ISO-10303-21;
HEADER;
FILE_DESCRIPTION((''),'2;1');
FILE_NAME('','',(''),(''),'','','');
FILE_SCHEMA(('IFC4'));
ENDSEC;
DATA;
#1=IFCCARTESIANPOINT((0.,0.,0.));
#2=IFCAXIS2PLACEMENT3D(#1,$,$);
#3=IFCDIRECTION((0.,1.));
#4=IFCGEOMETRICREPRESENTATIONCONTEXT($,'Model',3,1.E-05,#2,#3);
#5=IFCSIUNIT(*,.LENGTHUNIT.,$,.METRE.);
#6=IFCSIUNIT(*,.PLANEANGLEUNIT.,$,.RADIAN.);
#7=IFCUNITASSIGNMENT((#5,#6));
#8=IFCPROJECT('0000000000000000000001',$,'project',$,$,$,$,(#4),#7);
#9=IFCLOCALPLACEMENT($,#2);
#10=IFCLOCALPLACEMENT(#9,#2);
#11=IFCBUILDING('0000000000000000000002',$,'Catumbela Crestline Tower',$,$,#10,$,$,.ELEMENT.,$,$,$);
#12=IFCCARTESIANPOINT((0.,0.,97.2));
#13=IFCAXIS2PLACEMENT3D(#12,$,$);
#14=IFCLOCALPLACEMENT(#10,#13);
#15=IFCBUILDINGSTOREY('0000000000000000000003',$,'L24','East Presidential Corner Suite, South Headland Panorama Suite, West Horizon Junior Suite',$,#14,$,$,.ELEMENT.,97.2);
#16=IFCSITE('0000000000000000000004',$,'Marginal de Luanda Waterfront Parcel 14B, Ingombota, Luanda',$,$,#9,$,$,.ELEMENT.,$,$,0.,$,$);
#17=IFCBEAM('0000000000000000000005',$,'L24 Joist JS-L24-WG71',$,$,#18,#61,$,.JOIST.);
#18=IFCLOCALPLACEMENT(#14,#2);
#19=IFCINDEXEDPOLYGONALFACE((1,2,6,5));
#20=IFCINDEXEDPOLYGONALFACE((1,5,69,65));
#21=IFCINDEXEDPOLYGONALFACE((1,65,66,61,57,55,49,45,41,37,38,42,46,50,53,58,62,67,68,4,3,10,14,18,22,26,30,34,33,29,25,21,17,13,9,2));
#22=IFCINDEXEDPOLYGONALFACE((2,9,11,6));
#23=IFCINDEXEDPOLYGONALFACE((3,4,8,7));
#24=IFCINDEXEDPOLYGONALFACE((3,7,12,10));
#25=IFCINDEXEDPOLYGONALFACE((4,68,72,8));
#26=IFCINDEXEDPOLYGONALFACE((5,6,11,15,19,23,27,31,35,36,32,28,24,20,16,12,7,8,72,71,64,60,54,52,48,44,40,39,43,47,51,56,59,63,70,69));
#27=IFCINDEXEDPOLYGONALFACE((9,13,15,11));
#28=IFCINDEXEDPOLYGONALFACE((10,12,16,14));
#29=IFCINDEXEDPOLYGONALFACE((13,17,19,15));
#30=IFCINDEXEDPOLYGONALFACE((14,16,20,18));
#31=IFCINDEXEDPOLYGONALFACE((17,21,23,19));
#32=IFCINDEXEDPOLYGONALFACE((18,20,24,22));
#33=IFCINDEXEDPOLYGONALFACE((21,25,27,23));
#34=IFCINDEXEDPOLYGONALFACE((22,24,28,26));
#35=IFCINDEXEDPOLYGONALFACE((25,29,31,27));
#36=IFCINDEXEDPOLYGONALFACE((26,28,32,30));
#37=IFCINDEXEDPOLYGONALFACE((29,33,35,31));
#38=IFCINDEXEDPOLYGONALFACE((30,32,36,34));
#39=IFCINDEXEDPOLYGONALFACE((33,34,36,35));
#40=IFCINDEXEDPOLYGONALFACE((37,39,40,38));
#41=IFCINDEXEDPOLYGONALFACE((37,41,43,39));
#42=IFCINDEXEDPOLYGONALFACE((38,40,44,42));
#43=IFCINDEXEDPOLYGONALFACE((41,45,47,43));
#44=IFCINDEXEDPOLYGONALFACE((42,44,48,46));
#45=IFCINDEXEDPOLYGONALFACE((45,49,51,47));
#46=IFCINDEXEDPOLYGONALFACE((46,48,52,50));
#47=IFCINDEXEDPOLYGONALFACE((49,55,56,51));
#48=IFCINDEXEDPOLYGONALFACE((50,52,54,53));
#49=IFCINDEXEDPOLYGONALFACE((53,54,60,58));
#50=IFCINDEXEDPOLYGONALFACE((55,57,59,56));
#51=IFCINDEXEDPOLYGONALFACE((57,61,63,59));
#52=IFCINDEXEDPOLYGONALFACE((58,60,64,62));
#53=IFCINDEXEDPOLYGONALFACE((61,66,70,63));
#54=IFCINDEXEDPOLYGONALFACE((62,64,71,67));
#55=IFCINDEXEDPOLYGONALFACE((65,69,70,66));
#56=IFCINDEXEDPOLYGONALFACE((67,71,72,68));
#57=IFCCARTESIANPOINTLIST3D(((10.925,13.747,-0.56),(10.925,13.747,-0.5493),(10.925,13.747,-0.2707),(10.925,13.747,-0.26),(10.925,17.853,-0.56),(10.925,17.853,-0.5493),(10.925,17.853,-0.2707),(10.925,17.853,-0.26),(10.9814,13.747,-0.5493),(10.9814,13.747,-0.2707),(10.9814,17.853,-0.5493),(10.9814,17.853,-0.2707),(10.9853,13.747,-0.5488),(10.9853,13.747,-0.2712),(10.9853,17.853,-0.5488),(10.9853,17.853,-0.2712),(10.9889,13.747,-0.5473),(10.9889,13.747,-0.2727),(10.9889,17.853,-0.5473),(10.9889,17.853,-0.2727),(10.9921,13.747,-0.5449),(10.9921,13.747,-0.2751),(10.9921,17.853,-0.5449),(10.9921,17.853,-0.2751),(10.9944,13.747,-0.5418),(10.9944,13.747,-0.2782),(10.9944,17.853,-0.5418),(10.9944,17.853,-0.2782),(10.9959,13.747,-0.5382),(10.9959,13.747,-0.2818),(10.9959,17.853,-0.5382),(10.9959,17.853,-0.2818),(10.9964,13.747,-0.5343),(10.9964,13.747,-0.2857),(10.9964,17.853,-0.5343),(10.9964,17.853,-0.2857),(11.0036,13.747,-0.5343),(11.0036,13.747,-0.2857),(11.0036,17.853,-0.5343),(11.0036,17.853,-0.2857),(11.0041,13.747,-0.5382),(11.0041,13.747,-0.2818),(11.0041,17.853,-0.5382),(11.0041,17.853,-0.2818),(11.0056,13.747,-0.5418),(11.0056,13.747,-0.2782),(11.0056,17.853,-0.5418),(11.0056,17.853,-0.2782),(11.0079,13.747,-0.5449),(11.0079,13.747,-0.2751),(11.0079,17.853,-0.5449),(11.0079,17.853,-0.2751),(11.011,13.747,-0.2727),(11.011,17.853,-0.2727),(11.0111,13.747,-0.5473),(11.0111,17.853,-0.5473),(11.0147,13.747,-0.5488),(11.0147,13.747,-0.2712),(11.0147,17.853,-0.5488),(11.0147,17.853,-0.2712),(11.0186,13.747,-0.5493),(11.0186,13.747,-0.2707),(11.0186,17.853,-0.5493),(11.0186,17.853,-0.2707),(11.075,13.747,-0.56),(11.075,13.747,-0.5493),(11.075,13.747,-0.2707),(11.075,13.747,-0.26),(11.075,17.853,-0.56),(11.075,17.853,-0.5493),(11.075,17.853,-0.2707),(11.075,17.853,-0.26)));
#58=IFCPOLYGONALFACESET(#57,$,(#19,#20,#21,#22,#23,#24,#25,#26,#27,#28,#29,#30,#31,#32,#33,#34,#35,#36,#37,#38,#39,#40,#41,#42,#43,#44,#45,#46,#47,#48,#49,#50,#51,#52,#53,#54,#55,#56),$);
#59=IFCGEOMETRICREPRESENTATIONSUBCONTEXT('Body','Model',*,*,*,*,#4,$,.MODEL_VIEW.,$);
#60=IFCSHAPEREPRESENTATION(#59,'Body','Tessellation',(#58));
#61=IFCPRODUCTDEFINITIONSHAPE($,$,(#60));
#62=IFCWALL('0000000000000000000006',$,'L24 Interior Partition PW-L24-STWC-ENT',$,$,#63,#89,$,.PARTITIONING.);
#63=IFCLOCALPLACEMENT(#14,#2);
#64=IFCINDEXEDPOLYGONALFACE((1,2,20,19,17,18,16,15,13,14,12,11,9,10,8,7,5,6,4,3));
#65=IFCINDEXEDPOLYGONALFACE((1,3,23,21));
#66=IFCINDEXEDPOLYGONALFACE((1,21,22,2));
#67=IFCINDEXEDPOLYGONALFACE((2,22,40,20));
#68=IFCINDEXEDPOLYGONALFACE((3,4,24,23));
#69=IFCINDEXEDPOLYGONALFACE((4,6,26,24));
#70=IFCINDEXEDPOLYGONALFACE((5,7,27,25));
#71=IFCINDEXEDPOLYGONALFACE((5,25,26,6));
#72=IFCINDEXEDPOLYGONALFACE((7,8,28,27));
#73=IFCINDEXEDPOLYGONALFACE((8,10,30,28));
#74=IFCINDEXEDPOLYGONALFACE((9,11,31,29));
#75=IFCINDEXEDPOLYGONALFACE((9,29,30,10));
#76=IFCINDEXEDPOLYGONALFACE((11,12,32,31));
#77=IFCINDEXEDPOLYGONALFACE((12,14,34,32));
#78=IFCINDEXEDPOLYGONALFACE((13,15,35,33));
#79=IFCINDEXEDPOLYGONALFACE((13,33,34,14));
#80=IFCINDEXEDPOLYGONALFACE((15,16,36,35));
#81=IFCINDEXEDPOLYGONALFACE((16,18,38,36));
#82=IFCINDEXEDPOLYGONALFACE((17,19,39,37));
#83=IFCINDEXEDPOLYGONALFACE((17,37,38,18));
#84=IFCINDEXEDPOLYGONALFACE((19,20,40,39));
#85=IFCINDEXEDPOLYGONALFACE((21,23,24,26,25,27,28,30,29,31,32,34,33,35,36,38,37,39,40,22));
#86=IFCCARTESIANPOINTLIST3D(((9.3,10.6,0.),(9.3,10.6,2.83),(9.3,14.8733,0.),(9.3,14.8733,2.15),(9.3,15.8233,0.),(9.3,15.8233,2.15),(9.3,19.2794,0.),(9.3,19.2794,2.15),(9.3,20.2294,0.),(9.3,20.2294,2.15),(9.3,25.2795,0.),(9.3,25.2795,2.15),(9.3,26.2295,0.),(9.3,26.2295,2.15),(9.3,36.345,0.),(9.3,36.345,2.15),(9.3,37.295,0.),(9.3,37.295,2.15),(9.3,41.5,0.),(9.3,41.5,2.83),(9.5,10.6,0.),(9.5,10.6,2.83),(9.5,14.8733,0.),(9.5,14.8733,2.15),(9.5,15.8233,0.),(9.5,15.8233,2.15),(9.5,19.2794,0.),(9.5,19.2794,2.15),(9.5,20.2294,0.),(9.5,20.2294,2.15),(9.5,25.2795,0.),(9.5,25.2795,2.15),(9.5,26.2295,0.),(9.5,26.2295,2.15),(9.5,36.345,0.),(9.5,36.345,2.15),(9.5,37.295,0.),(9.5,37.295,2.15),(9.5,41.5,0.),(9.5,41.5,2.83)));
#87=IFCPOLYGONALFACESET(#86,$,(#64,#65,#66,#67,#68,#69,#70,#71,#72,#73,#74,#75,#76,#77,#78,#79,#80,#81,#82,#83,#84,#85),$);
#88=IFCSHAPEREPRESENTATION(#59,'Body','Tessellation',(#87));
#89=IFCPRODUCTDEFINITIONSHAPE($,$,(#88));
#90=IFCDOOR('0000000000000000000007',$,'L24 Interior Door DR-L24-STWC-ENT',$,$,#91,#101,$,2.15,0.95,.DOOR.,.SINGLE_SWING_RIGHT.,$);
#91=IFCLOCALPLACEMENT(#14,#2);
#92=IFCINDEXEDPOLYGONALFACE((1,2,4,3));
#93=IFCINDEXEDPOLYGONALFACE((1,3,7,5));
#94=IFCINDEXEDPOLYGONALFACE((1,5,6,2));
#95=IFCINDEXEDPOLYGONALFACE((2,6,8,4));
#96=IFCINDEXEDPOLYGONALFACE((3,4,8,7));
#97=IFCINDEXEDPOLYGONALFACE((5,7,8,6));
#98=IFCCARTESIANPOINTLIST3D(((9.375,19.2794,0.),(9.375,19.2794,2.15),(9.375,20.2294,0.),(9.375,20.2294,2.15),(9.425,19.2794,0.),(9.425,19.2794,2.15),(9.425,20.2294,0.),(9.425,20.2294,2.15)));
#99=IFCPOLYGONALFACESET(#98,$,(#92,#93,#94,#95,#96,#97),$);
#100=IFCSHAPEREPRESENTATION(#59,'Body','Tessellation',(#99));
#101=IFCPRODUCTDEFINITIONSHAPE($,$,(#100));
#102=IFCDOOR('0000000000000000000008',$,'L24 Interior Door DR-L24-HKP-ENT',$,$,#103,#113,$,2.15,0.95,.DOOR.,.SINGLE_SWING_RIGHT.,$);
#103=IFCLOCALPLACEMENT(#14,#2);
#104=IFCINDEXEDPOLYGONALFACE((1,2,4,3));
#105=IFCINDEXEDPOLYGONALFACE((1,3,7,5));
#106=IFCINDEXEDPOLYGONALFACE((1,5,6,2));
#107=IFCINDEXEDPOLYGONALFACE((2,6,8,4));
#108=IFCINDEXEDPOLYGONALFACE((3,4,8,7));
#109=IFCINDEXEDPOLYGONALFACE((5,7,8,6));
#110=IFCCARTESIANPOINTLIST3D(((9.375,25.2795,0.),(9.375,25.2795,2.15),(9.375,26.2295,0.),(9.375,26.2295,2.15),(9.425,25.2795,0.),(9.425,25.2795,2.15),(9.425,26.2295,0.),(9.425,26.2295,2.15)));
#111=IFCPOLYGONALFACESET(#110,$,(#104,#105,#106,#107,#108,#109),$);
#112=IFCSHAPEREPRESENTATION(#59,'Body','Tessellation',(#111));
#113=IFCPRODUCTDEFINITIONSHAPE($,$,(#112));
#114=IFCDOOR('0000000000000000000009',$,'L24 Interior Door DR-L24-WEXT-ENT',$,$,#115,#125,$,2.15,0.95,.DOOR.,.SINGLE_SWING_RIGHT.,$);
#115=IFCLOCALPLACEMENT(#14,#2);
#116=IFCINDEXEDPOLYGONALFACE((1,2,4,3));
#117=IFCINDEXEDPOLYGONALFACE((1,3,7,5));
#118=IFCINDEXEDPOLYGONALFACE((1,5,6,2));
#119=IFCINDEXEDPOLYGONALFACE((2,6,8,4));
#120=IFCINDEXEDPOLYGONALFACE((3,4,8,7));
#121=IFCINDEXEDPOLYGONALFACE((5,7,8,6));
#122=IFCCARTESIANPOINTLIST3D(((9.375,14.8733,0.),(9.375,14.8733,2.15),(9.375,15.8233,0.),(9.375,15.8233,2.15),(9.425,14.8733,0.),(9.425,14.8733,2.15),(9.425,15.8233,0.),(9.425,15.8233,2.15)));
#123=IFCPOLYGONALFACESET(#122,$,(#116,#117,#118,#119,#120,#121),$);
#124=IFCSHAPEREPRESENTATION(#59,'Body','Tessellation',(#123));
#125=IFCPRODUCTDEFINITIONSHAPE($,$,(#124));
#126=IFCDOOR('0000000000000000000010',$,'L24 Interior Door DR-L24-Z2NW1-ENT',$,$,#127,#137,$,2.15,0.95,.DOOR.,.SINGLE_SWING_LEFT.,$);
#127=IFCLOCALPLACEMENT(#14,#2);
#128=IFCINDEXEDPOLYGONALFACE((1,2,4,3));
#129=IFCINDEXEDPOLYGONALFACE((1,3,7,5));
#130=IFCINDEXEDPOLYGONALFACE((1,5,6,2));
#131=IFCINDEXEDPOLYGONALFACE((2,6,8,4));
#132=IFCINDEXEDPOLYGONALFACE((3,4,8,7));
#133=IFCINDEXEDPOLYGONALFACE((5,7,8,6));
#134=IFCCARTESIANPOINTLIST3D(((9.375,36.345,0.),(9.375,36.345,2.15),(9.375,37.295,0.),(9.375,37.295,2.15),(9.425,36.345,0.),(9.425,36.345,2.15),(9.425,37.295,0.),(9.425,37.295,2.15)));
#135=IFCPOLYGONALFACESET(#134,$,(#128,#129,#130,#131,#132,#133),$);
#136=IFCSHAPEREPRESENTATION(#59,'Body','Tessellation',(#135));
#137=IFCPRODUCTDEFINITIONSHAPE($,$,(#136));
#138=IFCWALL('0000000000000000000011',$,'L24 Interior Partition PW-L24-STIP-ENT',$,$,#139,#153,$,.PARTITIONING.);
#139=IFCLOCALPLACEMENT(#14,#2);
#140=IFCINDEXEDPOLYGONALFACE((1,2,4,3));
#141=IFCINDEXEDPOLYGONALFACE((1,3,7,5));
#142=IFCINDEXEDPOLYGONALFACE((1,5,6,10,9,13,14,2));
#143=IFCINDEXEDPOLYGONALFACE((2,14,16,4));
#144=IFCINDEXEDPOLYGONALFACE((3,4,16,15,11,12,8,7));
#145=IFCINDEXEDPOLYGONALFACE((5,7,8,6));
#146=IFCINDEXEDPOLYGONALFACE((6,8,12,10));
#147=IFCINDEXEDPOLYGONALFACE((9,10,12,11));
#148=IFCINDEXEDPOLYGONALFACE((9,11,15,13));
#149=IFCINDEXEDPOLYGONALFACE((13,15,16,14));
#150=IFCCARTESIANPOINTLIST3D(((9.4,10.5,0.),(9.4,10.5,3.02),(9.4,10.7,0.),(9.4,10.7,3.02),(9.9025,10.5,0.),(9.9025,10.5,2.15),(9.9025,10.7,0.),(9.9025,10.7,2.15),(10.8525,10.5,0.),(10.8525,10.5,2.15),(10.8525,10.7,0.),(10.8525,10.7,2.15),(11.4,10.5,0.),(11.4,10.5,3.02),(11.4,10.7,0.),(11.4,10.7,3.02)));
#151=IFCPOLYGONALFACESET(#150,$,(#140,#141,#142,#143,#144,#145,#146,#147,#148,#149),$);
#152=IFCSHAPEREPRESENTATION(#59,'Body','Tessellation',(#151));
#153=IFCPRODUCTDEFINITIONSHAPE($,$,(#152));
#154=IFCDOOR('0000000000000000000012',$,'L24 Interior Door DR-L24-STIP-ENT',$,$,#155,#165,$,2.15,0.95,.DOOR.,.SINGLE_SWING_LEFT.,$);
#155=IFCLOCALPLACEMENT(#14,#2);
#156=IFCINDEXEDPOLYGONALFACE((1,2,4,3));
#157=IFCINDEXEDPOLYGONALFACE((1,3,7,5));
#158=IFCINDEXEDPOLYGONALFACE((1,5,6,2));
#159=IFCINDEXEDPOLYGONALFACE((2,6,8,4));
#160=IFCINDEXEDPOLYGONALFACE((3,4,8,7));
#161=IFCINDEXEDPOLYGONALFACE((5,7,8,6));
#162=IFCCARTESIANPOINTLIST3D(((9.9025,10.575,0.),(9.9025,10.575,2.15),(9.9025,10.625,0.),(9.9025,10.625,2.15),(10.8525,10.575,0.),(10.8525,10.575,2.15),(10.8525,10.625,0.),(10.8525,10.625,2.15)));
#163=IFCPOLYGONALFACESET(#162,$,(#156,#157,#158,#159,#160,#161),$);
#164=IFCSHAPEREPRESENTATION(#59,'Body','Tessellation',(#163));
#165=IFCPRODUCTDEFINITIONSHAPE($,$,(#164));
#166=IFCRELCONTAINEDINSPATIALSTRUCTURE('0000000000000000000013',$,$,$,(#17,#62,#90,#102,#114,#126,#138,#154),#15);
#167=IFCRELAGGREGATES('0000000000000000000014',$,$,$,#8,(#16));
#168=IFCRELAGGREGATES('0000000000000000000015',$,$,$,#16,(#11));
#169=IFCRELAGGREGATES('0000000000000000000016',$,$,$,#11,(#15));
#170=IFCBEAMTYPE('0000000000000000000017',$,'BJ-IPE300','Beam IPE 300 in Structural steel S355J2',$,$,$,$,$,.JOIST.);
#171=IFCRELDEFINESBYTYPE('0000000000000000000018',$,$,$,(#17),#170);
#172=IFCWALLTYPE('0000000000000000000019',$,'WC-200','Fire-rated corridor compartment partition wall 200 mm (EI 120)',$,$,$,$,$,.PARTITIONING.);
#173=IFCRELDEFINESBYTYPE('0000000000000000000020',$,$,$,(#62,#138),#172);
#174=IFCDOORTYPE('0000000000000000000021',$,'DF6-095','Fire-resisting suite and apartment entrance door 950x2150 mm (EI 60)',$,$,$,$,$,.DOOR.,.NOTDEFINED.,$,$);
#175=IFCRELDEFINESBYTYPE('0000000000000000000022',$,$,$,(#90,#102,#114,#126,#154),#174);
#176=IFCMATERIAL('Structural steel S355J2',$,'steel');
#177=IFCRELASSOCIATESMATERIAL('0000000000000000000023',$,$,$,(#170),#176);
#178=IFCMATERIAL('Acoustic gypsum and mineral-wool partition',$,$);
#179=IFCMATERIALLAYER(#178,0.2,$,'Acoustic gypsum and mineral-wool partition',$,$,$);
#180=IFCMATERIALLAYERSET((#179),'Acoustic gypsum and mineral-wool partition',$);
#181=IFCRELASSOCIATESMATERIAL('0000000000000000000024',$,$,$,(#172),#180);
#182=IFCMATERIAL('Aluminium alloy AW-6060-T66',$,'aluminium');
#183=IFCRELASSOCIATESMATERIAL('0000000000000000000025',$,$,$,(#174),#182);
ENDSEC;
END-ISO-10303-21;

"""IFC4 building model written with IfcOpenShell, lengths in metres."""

from ifc_helpers import new_model, si_unit, direction, frame, frame_2d, origin, origin_2d, place, context, subcontext, project, spatial, rectangle, i_section, extrude, material, layer, layer_set, material_profile, profile_set, type_object, element, fill, save


model = new_model("IFC4")

# Units and contexts
model_context = context("Model", 3, precision=1e-05, world=origin(), true_north=direction((0.0, 1.0)))
body_context = subcontext(model_context, "Body", "Model", "MODEL_VIEW")
ifc_project = project(units=[si_unit("LENGTHUNIT", "METRE"), si_unit("PLANEANGLEUNIT", "RADIAN")], contexts=[model_context])

# Site, building, storey
site_placement = place(None, origin())
site = spatial("IfcSite", under=ifc_project, at=site_placement, Name="Marginal de Luanda Waterfront Parcel 14B, Ingombota, Luanda", CompositionType="ELEMENT", RefElevation=0.0)
building_placement = place(site_placement, origin())
building = spatial("IfcBuilding", under=site, at=building_placement, Name="Catumbela Crestline Tower", CompositionType="ELEMENT")
storey_placement = place(building_placement, frame((0.0, 0.0, 97.2)))
storey = spatial("IfcBuildingStorey", under=building, at=storey_placement, Name="L24", Description="East Presidential Corner Suite, South Headland Panorama Suite, West Horizon Junior Suite", CompositionType="ELEMENT", Elevation=97.2)

# Beam
ifc_material_1 = material(Name="Structural steel S355J2", Category="steel")
ifc_material_profile_1 = material_profile(ifc_material_1, i_section(OverallWidth=0.15, OverallDepth=0.3, WebThickness=0.0071, FlangeThickness=0.0107, FilletRadius=0.015, at=origin_2d()), Name="IPE 300")
ifc_profile_set_1 = profile_set([ifc_material_profile_1], Name="Structural steel S355J2")
beam_type_1 = type_object("IfcBeamType", Name="BJ-IPE300", Description="Beam IPE 300 in Structural steel S355J2", PredefinedType="JOIST", material=ifc_profile_set_1)
beam_1_placement = place(storey_placement, frame((11.0, 13.747, -0.41), z_axis=(0.0, 1.0, 0.0), x_axis=(-1.0, 0.0, 0.0)))
element("IfcBeam", 1, at=beam_1_placement, inside=storey, type_object=beam_type_1, Name="L24 Joist JS-L24-WG71", PredefinedType="JOIST", context=body_context, shape_type="SweptSolid", body=[
    extrude(i_section(OverallWidth=0.15, OverallDepth=0.3, WebThickness=0.0071, FlangeThickness=0.0107, FilletRadius=0.015, at=origin_2d()), origin(), (0.0, 0.0, 1.0), 4.106),
])

# Wall, openings, doors
ifc_material_2 = material(Name="Acoustic gypsum and mineral-wool partition")
ifc_layer_1 = layer(ifc_material_2, 0.2, Name="Acoustic gypsum and mineral-wool partition")
ifc_layer_set_1 = layer_set([ifc_layer_1], Name="Acoustic gypsum and mineral-wool partition")
wall_type_1 = type_object("IfcWallType", Name="WC-200", Description="Fire-rated corridor compartment partition wall 200 mm (EI 120)", PredefinedType="PARTITIONING", material=ifc_layer_set_1)
wall_1_placement = place(storey_placement, frame((9.4, 10.6, 0.0), z_axis=(0.0, 0.0, 1.0), x_axis=(0.0, 1.0, 0.0)))
wall_1 = element("IfcWall", 2, at=wall_1_placement, inside=storey, type_object=wall_type_1, Name="L24 Interior Partition PW-L24-STWC-ENT", PredefinedType="PARTITIONING", context=body_context, shape_type="SweptSolid", body=[
    extrude(rectangle(XDim=30.9, YDim=0.2, at=frame_2d((15.45, 0.0))), origin(), (0.0, 0.0, 1.0), 2.83),
])
opening_1_placement = place(wall_1_placement, frame((8.6794, 0.0, 0.0)))
opening_1 = element("IfcOpeningElement", 3, at=opening_1_placement, cuts=wall_1, PredefinedType="OPENING", context=body_context, shape_type="SweptSolid", body=[
    extrude(rectangle(XDim=0.95, YDim=2.15, at=frame_2d((0.475, 1.075))), frame((0.0, 0.11, 0.0), z_axis=(0.0, -1.0, 0.0), x_axis=(1.0, 0.0, 0.0)), (0.0, 0.0, 1.0), 0.22),
])
opening_2_placement = place(wall_1_placement, frame((14.6795, 0.0, 0.0)))
opening_2 = element("IfcOpeningElement", 4, at=opening_2_placement, cuts=wall_1, PredefinedType="OPENING", context=body_context, shape_type="SweptSolid", body=[
    extrude(rectangle(XDim=0.95, YDim=2.15, at=frame_2d((0.475, 1.075))), frame((0.0, 0.11, 0.0), z_axis=(0.0, -1.0, 0.0), x_axis=(1.0, 0.0, 0.0)), (0.0, 0.0, 1.0), 0.22),
])
opening_3_placement = place(wall_1_placement, frame((4.2733, 0.0, 0.0)))
opening_3 = element("IfcOpeningElement", 5, at=opening_3_placement, cuts=wall_1, PredefinedType="OPENING", context=body_context, shape_type="SweptSolid", body=[
    extrude(rectangle(XDim=0.95, YDim=2.15, at=frame_2d((0.475, 1.075))), frame((0.0, 0.11, 0.0), z_axis=(0.0, -1.0, 0.0), x_axis=(1.0, 0.0, 0.0)), (0.0, 0.0, 1.0), 0.22),
])
opening_4_placement = place(wall_1_placement, frame((25.745, 0.0, 0.0)))
opening_4 = element("IfcOpeningElement", 6, at=opening_4_placement, cuts=wall_1, PredefinedType="OPENING", context=body_context, shape_type="SweptSolid", body=[
    extrude(rectangle(XDim=0.95, YDim=2.15, at=frame_2d((0.475, 1.075))), frame((0.0, 0.11, 0.0), z_axis=(0.0, -1.0, 0.0), x_axis=(1.0, 0.0, 0.0)), (0.0, 0.0, 1.0), 0.22),
])
ifc_material_3 = material(Name="Aluminium alloy AW-6060-T66", Category="aluminium")
door_type = type_object("IfcDoorType", Name="DF6-095", Description="Fire-resisting suite and apartment entrance door 950x2150 mm (EI 60)", OperationType="NOTDEFINED", PredefinedType="DOOR", material=ifc_material_3)
door_1_placement = place(opening_1_placement, origin())
door_1 = element("IfcDoor", 7, at=door_1_placement, inside=storey, type_object=door_type, Name="L24 Interior Door DR-L24-STWC-ENT", OperationType="SINGLE_SWING_RIGHT", OverallHeight=2.15, OverallWidth=0.95, PredefinedType="DOOR", context=body_context, shape_type="SweptSolid", body=[
    extrude(rectangle(XDim=0.95, YDim=2.15, at=frame_2d((0.475, 1.075))), frame((0.0, 0.025, 0.0), z_axis=(0.0, -1.0, 0.0), x_axis=(1.0, 0.0, 0.0)), (0.0, 0.0, 1.0), 0.05),
])
fill(opening_1, door_1)
door_2_placement = place(opening_2_placement, origin())
door_2 = element("IfcDoor", 8, at=door_2_placement, inside=storey, type_object=door_type, Name="L24 Interior Door DR-L24-HKP-ENT", OperationType="SINGLE_SWING_RIGHT", OverallHeight=2.15, OverallWidth=0.95, PredefinedType="DOOR", context=body_context, shape_type="SweptSolid", body=[
    extrude(rectangle(XDim=0.95, YDim=2.15, at=frame_2d((0.475, 1.075))), frame((0.0, 0.025, 0.0), z_axis=(0.0, -1.0, 0.0), x_axis=(1.0, 0.0, 0.0)), (0.0, 0.0, 1.0), 0.05),
])
fill(opening_2, door_2)
door_3_placement = place(opening_3_placement, origin())
door_3 = element("IfcDoor", 9, at=door_3_placement, inside=storey, type_object=door_type, Name="L24 Interior Door DR-L24-WEXT-ENT", OperationType="SINGLE_SWING_RIGHT", OverallHeight=2.15, OverallWidth=0.95, PredefinedType="DOOR", context=body_context, shape_type="SweptSolid", body=[
    extrude(rectangle(XDim=0.95, YDim=2.15, at=frame_2d((0.475, 1.075))), frame((0.0, 0.025, 0.0), z_axis=(0.0, -1.0, 0.0), x_axis=(1.0, 0.0, 0.0)), (0.0, 0.0, 1.0), 0.05),
])
fill(opening_3, door_3)
door_4_placement = place(opening_4_placement, origin())
door_4 = element("IfcDoor", 10, at=door_4_placement, inside=storey, type_object=door_type, Name="L24 Interior Door DR-L24-Z2NW1-ENT", OperationType="SINGLE_SWING_LEFT", OverallHeight=2.15, OverallWidth=0.95, PredefinedType="DOOR", context=body_context, shape_type="SweptSolid", body=[
    extrude(rectangle(XDim=0.95, YDim=2.15, at=frame_2d((0.475, 1.075))), frame((0.0, 0.025, 0.0), z_axis=(0.0, -1.0, 0.0), x_axis=(1.0, 0.0, 0.0)), (0.0, 0.0, 1.0), 0.05),
])
fill(opening_4, door_4)

# Wall, opening, door
wall_2_placement = place(storey_placement, frame((9.4, 10.6, 0.0), z_axis=(0.0, 0.0, 1.0), x_axis=(1.0, 0.0, 0.0)))
wall_2 = element("IfcWall", 11, at=wall_2_placement, inside=storey, type_object=wall_type_1, Name="L24 Interior Partition PW-L24-STIP-ENT", PredefinedType="PARTITIONING", context=body_context, shape_type="SweptSolid", body=[
    extrude(rectangle(XDim=2.0, YDim=0.2, at=frame_2d((1.0, 0.0))), origin(), (0.0, 0.0, 1.0), 3.02),
])
opening_5_placement = place(wall_2_placement, frame((0.5025, 0.0, 0.0)))
opening_5 = element("IfcOpeningElement", 12, at=opening_5_placement, cuts=wall_2, PredefinedType="OPENING", context=body_context, shape_type="SweptSolid", body=[
    extrude(rectangle(XDim=0.95, YDim=2.15, at=frame_2d((0.475, 1.075))), frame((0.0, 0.11, 0.0), z_axis=(0.0, -1.0, 0.0), x_axis=(1.0, 0.0, 0.0)), (0.0, 0.0, 1.0), 0.22),
])
door_5_placement = place(opening_5_placement, origin())
door_5 = element("IfcDoor", 13, at=door_5_placement, inside=storey, type_object=door_type, Name="L24 Interior Door DR-L24-STIP-ENT", OperationType="SINGLE_SWING_LEFT", OverallHeight=2.15, OverallWidth=0.95, PredefinedType="DOOR", context=body_context, shape_type="SweptSolid", body=[
    extrude(rectangle(XDim=0.95, YDim=2.15, at=frame_2d((0.475, 1.075))), frame((0.0, 0.025, 0.0), z_axis=(0.0, -1.0, 0.0), x_axis=(1.0, 0.0, 0.0)), (0.0, 0.0, 1.0), 0.05),
])
fill(opening_5, door_5)

save(model, "model.ifc")
